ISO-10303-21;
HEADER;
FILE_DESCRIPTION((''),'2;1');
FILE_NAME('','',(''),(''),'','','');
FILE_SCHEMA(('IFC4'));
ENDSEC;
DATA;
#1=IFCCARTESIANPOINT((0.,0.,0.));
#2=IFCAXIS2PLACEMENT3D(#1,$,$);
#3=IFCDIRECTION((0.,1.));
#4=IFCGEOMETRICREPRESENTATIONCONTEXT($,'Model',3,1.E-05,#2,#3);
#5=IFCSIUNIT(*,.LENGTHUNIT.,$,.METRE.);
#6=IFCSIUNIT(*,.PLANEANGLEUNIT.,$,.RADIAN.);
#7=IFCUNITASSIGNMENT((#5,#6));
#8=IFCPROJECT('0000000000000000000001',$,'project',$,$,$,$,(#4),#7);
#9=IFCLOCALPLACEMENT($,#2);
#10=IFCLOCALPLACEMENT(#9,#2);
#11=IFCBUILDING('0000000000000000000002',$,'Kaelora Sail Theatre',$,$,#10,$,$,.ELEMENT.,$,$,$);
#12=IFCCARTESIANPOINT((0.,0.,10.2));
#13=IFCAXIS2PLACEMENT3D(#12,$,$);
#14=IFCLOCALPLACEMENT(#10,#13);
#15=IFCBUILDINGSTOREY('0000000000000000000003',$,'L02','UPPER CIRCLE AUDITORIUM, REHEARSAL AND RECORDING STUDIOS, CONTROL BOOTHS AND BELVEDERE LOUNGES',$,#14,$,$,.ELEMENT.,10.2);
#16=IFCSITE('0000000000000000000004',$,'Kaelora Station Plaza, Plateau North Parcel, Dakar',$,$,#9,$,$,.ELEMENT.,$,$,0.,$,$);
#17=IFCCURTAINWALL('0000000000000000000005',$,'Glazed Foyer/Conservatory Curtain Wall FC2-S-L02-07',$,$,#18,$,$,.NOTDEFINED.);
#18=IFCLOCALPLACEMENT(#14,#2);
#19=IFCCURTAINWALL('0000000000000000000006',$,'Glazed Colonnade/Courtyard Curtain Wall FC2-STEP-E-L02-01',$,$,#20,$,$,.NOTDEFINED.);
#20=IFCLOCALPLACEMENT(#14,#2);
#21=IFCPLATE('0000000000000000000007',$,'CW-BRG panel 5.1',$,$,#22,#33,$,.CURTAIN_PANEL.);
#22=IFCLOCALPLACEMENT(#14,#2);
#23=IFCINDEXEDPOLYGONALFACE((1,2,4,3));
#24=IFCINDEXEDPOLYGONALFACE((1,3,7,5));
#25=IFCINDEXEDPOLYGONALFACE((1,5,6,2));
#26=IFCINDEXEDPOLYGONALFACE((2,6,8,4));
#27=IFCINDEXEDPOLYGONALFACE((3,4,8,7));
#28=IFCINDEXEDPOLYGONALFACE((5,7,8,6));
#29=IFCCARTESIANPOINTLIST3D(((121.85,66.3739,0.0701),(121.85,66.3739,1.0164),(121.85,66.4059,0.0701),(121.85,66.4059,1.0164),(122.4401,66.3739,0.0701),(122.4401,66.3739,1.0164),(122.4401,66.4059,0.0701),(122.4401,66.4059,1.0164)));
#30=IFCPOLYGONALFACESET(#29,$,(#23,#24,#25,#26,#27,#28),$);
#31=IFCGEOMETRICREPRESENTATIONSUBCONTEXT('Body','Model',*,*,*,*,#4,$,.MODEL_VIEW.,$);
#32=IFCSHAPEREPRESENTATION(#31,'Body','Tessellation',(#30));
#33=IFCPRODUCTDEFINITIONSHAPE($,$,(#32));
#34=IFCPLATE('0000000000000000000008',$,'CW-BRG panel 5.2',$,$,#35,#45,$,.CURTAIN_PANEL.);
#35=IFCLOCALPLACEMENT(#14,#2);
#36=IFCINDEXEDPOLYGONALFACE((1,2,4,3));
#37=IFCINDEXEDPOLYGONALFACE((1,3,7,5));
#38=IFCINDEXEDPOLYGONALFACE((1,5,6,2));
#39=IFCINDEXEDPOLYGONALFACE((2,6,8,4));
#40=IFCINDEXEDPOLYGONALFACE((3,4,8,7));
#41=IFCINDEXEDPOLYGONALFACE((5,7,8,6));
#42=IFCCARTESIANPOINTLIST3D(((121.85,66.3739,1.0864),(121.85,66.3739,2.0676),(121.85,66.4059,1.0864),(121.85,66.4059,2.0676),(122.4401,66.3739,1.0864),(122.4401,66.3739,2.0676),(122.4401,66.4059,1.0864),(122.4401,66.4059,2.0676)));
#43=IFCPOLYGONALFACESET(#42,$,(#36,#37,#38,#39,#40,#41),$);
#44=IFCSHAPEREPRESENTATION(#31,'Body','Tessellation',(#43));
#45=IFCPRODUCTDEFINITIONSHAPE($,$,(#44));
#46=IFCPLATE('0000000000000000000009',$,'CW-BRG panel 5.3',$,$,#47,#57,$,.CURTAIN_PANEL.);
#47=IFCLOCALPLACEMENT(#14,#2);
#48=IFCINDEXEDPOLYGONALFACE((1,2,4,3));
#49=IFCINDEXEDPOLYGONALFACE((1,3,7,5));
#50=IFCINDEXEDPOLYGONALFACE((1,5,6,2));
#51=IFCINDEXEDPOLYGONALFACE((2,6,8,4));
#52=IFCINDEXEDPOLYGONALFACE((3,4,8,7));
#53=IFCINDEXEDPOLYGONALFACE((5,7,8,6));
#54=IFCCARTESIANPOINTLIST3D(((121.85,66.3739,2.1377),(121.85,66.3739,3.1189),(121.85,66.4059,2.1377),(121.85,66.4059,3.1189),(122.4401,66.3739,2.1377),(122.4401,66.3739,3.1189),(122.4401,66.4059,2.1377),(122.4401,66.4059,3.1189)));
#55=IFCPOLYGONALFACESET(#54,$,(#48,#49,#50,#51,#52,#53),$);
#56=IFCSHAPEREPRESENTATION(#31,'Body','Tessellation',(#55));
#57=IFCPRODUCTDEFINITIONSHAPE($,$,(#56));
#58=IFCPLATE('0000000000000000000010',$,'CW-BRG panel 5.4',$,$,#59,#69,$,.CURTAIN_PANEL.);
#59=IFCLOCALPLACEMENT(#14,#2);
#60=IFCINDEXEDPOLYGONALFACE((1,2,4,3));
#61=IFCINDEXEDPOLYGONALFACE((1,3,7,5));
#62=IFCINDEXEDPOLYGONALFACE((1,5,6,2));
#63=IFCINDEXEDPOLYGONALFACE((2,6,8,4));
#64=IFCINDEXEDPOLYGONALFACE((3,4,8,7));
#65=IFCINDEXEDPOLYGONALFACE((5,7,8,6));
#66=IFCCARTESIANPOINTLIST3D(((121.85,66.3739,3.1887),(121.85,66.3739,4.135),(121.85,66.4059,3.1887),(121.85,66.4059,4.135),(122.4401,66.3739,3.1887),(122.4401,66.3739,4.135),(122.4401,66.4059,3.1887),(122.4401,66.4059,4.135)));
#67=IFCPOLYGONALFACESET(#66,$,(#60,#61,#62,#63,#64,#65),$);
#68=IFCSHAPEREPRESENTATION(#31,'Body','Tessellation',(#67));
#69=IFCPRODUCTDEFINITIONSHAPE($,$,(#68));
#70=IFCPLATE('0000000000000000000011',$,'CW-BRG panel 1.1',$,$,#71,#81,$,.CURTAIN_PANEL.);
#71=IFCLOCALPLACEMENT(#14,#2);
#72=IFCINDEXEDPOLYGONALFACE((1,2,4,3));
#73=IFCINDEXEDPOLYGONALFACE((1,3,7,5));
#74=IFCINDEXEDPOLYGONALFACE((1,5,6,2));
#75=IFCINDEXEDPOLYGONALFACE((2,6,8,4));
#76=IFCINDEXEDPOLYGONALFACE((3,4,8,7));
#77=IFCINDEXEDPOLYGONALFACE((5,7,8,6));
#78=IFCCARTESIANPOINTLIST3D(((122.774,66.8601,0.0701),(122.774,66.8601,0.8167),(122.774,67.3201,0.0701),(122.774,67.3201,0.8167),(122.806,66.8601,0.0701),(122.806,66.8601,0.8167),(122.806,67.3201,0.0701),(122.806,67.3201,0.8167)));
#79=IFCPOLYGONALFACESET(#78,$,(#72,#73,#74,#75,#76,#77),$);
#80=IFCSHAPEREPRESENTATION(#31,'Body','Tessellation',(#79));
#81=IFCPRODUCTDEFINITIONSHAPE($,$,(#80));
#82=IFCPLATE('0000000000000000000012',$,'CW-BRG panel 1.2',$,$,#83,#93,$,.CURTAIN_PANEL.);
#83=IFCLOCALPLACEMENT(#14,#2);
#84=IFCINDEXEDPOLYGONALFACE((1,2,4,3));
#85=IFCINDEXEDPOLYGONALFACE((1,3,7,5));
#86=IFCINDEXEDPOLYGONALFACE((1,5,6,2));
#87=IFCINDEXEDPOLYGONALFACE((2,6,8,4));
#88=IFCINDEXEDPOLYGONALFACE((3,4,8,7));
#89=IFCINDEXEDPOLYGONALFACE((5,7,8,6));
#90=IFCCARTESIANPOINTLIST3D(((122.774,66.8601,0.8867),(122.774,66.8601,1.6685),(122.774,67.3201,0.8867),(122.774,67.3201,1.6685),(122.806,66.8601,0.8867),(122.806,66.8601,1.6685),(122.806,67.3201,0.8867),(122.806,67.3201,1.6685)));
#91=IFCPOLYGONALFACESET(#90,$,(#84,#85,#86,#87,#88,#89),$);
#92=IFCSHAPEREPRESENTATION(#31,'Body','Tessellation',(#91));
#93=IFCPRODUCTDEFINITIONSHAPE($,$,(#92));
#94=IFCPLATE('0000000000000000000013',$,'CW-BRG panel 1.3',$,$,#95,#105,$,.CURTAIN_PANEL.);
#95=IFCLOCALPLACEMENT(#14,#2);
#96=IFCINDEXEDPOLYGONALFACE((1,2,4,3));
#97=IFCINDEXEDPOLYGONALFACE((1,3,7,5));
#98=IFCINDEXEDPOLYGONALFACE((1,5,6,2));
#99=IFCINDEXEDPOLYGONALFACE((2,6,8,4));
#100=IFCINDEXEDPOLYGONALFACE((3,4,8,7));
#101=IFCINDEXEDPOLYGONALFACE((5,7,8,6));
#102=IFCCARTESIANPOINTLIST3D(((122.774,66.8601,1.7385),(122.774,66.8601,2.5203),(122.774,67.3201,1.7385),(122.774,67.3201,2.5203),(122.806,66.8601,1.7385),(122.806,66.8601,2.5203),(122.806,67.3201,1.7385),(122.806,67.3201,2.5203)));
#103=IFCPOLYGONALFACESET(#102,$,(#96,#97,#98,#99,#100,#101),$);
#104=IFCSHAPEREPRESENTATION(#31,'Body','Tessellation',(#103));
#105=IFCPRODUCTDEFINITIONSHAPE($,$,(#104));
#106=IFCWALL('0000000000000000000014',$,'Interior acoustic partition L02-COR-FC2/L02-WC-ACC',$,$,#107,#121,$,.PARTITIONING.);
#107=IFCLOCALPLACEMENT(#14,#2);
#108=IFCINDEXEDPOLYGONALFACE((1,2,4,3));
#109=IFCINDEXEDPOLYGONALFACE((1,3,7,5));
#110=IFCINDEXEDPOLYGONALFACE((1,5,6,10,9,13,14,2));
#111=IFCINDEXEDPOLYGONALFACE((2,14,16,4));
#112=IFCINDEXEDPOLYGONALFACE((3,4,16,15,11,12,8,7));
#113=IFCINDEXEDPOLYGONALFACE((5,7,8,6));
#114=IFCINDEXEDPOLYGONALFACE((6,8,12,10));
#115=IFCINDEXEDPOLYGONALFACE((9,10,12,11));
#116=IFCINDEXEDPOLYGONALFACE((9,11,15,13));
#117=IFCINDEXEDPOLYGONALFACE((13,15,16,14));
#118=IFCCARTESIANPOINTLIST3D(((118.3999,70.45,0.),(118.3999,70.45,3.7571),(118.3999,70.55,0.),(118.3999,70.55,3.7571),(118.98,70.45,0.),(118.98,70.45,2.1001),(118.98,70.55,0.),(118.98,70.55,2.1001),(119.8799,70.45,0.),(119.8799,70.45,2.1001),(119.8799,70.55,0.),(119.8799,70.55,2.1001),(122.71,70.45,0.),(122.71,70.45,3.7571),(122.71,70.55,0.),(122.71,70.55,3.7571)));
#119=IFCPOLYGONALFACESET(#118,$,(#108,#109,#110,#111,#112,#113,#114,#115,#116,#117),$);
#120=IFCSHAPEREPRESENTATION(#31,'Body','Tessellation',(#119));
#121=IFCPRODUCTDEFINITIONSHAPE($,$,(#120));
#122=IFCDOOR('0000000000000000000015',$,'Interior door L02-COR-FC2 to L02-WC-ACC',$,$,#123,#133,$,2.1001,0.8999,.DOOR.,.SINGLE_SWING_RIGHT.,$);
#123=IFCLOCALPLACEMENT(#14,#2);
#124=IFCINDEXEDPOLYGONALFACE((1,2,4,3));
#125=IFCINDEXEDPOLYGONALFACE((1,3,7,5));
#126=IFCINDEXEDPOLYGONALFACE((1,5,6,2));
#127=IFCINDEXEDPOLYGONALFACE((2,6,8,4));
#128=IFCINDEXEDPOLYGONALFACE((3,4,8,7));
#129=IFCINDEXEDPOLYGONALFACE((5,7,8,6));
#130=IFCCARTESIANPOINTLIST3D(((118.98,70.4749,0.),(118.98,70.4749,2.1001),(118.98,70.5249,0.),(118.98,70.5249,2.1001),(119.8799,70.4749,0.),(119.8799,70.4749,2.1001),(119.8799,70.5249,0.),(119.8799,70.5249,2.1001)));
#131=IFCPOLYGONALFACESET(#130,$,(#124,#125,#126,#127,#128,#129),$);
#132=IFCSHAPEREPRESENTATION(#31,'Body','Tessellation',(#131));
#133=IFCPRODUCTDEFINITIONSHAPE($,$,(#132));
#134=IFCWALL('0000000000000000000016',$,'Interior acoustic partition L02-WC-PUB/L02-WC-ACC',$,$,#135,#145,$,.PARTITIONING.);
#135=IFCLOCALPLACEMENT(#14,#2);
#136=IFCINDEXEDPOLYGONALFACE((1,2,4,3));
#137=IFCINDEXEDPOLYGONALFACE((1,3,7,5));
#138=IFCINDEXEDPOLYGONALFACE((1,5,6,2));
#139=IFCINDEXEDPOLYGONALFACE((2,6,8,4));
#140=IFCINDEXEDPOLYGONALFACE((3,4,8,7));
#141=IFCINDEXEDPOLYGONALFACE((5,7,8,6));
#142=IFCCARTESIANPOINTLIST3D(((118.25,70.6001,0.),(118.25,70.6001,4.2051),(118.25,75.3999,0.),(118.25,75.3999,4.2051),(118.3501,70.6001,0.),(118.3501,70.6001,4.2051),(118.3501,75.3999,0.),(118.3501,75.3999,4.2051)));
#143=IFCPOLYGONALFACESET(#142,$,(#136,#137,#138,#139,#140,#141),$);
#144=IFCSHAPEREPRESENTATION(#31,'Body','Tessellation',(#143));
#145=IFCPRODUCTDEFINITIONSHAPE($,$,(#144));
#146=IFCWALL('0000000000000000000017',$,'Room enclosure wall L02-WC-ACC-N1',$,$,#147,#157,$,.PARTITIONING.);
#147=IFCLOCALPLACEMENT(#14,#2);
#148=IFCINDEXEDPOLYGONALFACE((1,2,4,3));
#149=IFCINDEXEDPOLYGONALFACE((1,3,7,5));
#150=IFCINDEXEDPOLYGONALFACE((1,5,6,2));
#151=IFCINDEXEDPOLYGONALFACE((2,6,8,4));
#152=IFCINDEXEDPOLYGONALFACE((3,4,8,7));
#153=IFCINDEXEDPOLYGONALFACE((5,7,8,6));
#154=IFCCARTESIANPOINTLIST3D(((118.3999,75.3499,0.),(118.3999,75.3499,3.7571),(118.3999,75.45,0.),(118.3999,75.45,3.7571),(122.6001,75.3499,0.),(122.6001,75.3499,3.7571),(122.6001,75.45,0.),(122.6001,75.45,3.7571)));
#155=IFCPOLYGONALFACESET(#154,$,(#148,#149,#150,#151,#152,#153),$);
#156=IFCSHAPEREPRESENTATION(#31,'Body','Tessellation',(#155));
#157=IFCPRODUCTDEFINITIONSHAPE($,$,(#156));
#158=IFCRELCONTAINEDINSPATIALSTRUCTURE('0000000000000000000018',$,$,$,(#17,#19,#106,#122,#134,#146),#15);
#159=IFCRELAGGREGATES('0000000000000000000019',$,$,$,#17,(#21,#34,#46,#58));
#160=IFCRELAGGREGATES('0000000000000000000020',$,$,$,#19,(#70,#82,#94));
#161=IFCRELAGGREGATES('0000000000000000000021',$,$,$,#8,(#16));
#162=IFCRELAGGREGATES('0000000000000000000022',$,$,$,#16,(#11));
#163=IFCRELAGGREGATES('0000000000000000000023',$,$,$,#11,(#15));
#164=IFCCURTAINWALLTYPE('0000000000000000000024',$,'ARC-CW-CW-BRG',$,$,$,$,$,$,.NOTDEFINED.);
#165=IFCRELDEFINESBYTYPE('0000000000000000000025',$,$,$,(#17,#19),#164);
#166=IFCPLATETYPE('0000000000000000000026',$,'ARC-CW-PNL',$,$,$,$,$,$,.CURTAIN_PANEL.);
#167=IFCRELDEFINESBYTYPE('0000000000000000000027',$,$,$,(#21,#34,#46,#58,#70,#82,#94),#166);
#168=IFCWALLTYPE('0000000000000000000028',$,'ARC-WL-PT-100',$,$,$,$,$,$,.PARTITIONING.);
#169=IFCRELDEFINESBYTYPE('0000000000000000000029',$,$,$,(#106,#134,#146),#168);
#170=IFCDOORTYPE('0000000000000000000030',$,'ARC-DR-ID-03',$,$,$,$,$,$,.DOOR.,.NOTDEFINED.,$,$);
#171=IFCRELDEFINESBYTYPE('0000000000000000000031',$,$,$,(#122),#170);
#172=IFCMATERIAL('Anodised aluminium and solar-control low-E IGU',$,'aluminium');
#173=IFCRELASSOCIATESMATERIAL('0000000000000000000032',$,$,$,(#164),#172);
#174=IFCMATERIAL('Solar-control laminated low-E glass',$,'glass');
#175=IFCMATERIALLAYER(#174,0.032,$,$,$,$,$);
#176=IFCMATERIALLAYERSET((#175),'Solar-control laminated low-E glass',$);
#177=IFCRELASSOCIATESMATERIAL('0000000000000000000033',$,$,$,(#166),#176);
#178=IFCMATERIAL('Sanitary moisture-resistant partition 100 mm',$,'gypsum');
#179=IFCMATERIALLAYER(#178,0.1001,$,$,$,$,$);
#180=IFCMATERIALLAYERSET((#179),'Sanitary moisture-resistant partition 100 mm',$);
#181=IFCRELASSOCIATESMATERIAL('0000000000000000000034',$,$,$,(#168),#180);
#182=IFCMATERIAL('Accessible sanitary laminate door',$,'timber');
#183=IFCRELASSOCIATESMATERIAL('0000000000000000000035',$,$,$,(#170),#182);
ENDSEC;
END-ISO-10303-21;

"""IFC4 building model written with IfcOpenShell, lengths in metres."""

from ifc_helpers import new_model, si_unit, direction, frame, frame_2d, origin, origin_2d, place, context, subcontext, project, spatial, rectangle, extrude, material, layer, layer_set, type_object, element, fill, aggregate, save


model = new_model("IFC4")

# Units and contexts
model_context = context("Model", 3, precision=1e-05, world=origin(), true_north=direction((0.0, 1.0)))
body_context = subcontext(model_context, "Body", "Model", "MODEL_VIEW")
ifc_project = project(units=[si_unit("LENGTHUNIT", "METRE"), si_unit("PLANEANGLEUNIT", "RADIAN")], contexts=[model_context])

# Site, building, storey
site_placement = place(None, origin())
site = spatial("IfcSite", under=ifc_project, at=site_placement, Name="Kaelora Station Plaza, Plateau North Parcel, Dakar", CompositionType="ELEMENT", RefElevation=0.0)
building_placement = place(site_placement, origin())
building = spatial("IfcBuilding", under=site, at=building_placement, Name="Kaelora Sail Theatre", CompositionType="ELEMENT")
storey_placement = place(building_placement, frame((0.0, 0.0, 10.2)))
storey = spatial("IfcBuildingStorey", under=building, at=storey_placement, Name="L02", Description="UPPER CIRCLE AUDITORIUM, REHEARSAL AND RECORDING STUDIOS, CONTROL BOOTHS AND BELVEDERE LOUNGES", CompositionType="ELEMENT", Elevation=10.2)

# Curtain wall
ifc_material_1 = material(Name="Anodised aluminium and solar-control low-E IGU", Category="aluminium")
curtain_wall_type = type_object("IfcCurtainWallType", Name="ARC-CW-CW-BRG", PredefinedType="NOTDEFINED", material=ifc_material_1)
curtain_wall_1_placement = place(storey_placement, origin())
curtain_wall_1 = element("IfcCurtainWall", 1, at=curtain_wall_1_placement, inside=storey, type_object=curtain_wall_type, Name="Glazed Foyer/Conservatory Curtain Wall FC2-S-L02-07", PredefinedType="NOTDEFINED")

# Curtain wall
curtain_wall_2_placement = place(storey_placement, origin())
curtain_wall_2 = element("IfcCurtainWall", 2, at=curtain_wall_2_placement, inside=storey, type_object=curtain_wall_type, Name="Glazed Colonnade/Courtyard Curtain Wall FC2-STEP-E-L02-01", PredefinedType="NOTDEFINED")

# Plates
ifc_material_2 = material(Name="Solar-control laminated low-E glass", Category="glass")
ifc_layer_1 = layer(ifc_material_2, 0.032)
ifc_layer_set_1 = layer_set([ifc_layer_1], Name="Solar-control laminated low-E glass")
plate_type = type_object("IfcPlateType", Name="ARC-CW-PNL", PredefinedType="CURTAIN_PANEL", material=ifc_layer_set_1)
plate_1_placement = place(storey_placement, frame((122.145, 66.3899, 0.0701), z_axis=(0.0, 0.0, 1.0), x_axis=(1.0, 0.0, 0.0)))
plate_1 = element("IfcPlate", 3, at=plate_1_placement, type_object=plate_type, Name="CW-BRG panel 5.1", PredefinedType="CURTAIN_PANEL", context=body_context, shape_type="SweptSolid", body=[
    extrude(rectangle(XDim=0.5901, YDim=0.032, at=origin_2d()), origin(), (0.0, 0.0, 1.0), 0.9463),
])
plate_2_placement = place(storey_placement, frame((122.145, 66.3899, 1.0864), z_axis=(0.0, 0.0, 1.0), x_axis=(1.0, 0.0, 0.0)))
plate_2 = element("IfcPlate", 4, at=plate_2_placement, type_object=plate_type, Name="CW-BRG panel 5.2", PredefinedType="CURTAIN_PANEL", context=body_context, shape_type="SweptSolid", body=[
    extrude(rectangle(XDim=0.5901, YDim=0.032, at=origin_2d()), origin(), (0.0, 0.0, 1.0), 0.9812),
])
plate_3_placement = place(storey_placement, frame((122.145, 66.3899, 2.1377), z_axis=(0.0, 0.0, 1.0), x_axis=(1.0, 0.0, 0.0)))
plate_3 = element("IfcPlate", 5, at=plate_3_placement, type_object=plate_type, Name="CW-BRG panel 5.3", PredefinedType="CURTAIN_PANEL", context=body_context, shape_type="SweptSolid", body=[
    extrude(rectangle(XDim=0.5901, YDim=0.032, at=origin_2d()), origin(), (0.0, 0.0, 1.0), 0.9812),
])
plate_4_placement = place(storey_placement, frame((122.145, 66.3899, 3.1887), z_axis=(0.0, 0.0, 1.0), x_axis=(1.0, 0.0, 0.0)))
plate_4 = element("IfcPlate", 6, at=plate_4_placement, type_object=plate_type, Name="CW-BRG panel 5.4", PredefinedType="CURTAIN_PANEL", context=body_context, shape_type="SweptSolid", body=[
    extrude(rectangle(XDim=0.5901, YDim=0.032, at=origin_2d()), origin(), (0.0, 0.0, 1.0), 0.9463),
])
aggregate(curtain_wall_1, [plate_1, plate_2, plate_3, plate_4])
plate_5_placement = place(storey_placement, frame((122.79, 67.0901, 0.0701), z_axis=(0.0, 0.0, 1.0), x_axis=(0.0, 1.0, 0.0)))
plate_5 = element("IfcPlate", 7, at=plate_5_placement, type_object=plate_type, Name="CW-BRG panel 1.1", PredefinedType="CURTAIN_PANEL", context=body_context, shape_type="SweptSolid", body=[
    extrude(rectangle(XDim=0.46, YDim=0.032, at=origin_2d()), origin(), (0.0, 0.0, 1.0), 0.7466),
])
plate_6_placement = place(storey_placement, frame((122.79, 67.0901, 0.8867), z_axis=(0.0, 0.0, 1.0), x_axis=(0.0, 1.0, 0.0)))
plate_6 = element("IfcPlate", 8, at=plate_6_placement, type_object=plate_type, Name="CW-BRG panel 1.2", PredefinedType="CURTAIN_PANEL", context=body_context, shape_type="SweptSolid", body=[
    extrude(rectangle(XDim=0.46, YDim=0.032, at=origin_2d()), origin(), (0.0, 0.0, 1.0), 0.7817),
])
plate_7_placement = place(storey_placement, frame((122.79, 67.0901, 1.7385), z_axis=(0.0, 0.0, 1.0), x_axis=(0.0, 1.0, 0.0)))
plate_7 = element("IfcPlate", 9, at=plate_7_placement, type_object=plate_type, Name="CW-BRG panel 1.3", PredefinedType="CURTAIN_PANEL", context=body_context, shape_type="SweptSolid", body=[
    extrude(rectangle(XDim=0.46, YDim=0.032, at=origin_2d()), origin(), (0.0, 0.0, 1.0), 0.7817),
])
aggregate(curtain_wall_2, [plate_5, plate_6, plate_7])

# Wall, opening, door
ifc_material_3 = material(Name="Sanitary moisture-resistant partition 100 mm", Category="gypsum")
ifc_layer_2 = layer(ifc_material_3, 0.1001)
ifc_layer_set_2 = layer_set([ifc_layer_2], Name="Sanitary moisture-resistant partition 100 mm")
wall_type = type_object("IfcWallType", Name="ARC-WL-PT-100", PredefinedType="PARTITIONING", material=ifc_layer_set_2)
wall_1_placement = place(storey_placement, frame((118.3999, 70.5, 0.0), z_axis=(0.0, 0.0, 1.0), x_axis=(1.0, 0.0, 0.0)))
wall_1 = element("IfcWall", 10, at=wall_1_placement, inside=storey, type_object=wall_type, Name="Interior acoustic partition L02-COR-FC2/L02-WC-ACC", PredefinedType="PARTITIONING", context=body_context, shape_type="SweptSolid", body=[
    extrude(rectangle(XDim=4.3101, YDim=0.1001, at=frame_2d((2.155, 0.0))), origin(), (0.0, 0.0, 1.0), 3.7571),
])
opening_placement = place(wall_1_placement, frame((0.5801, 0.0, 0.0)))
opening = element("IfcOpeningElement", 11, at=opening_placement, cuts=wall_1, PredefinedType="OPENING", context=body_context, shape_type="SweptSolid", body=[
    extrude(rectangle(XDim=0.8999, YDim=2.1001, at=frame_2d((0.45, 1.05))), frame((0.0, 0.06, 0.0), z_axis=(0.0, -1.0, 0.0), x_axis=(1.0, 0.0, 0.0)), (0.0, 0.0, 1.0), 0.1201),
])
ifc_material_4 = material(Name="Accessible sanitary laminate door", Category="timber")
door_type = type_object("IfcDoorType", Name="ARC-DR-ID-03", OperationType="NOTDEFINED", PredefinedType="DOOR", material=ifc_material_4)
door_placement = place(opening_placement, origin())
door = element("IfcDoor", 12, at=door_placement, inside=storey, type_object=door_type, Name="Interior door L02-COR-FC2 to L02-WC-ACC", OperationType="SINGLE_SWING_RIGHT", OverallHeight=2.1001, OverallWidth=0.8999, PredefinedType="DOOR", context=body_context, shape_type="SweptSolid", body=[
    extrude(rectangle(XDim=0.8999, YDim=2.1001, at=frame_2d((0.45, 1.05))), frame((0.0, 0.0249, 0.0), z_axis=(0.0, -1.0, 0.0), x_axis=(1.0, 0.0, 0.0)), (0.0, 0.0, 1.0), 0.05),
])
fill(opening, door)

# Walls
wall_2_placement = place(storey_placement, frame((118.3, 70.6001, 0.0), z_axis=(0.0, 0.0, 1.0), x_axis=(0.0, 1.0, 0.0)))
element("IfcWall", 13, at=wall_2_placement, inside=storey, type_object=wall_type, Name="Interior acoustic partition L02-WC-PUB/L02-WC-ACC", PredefinedType="PARTITIONING", context=body_context, shape_type="SweptSolid", body=[
    extrude(rectangle(XDim=4.7998, YDim=0.1001, at=frame_2d((2.3999, 0.0))), origin(), (0.0, 0.0, 1.0), 4.2051),
])
wall_3_placement = place(storey_placement, frame((118.3999, 75.3999, 0.0), z_axis=(0.0, 0.0, 1.0), x_axis=(1.0, 0.0, 0.0)))
element("IfcWall", 14, at=wall_3_placement, inside=storey, type_object=wall_type, Name="Room enclosure wall L02-WC-ACC-N1", PredefinedType="PARTITIONING", context=body_context, shape_type="SweptSolid", body=[
    extrude(rectangle(XDim=4.2002, YDim=0.1001, at=frame_2d((2.1001, 0.0))), origin(), (0.0, 0.0, 1.0), 3.7571),
])

save(model, "model.ifc")
